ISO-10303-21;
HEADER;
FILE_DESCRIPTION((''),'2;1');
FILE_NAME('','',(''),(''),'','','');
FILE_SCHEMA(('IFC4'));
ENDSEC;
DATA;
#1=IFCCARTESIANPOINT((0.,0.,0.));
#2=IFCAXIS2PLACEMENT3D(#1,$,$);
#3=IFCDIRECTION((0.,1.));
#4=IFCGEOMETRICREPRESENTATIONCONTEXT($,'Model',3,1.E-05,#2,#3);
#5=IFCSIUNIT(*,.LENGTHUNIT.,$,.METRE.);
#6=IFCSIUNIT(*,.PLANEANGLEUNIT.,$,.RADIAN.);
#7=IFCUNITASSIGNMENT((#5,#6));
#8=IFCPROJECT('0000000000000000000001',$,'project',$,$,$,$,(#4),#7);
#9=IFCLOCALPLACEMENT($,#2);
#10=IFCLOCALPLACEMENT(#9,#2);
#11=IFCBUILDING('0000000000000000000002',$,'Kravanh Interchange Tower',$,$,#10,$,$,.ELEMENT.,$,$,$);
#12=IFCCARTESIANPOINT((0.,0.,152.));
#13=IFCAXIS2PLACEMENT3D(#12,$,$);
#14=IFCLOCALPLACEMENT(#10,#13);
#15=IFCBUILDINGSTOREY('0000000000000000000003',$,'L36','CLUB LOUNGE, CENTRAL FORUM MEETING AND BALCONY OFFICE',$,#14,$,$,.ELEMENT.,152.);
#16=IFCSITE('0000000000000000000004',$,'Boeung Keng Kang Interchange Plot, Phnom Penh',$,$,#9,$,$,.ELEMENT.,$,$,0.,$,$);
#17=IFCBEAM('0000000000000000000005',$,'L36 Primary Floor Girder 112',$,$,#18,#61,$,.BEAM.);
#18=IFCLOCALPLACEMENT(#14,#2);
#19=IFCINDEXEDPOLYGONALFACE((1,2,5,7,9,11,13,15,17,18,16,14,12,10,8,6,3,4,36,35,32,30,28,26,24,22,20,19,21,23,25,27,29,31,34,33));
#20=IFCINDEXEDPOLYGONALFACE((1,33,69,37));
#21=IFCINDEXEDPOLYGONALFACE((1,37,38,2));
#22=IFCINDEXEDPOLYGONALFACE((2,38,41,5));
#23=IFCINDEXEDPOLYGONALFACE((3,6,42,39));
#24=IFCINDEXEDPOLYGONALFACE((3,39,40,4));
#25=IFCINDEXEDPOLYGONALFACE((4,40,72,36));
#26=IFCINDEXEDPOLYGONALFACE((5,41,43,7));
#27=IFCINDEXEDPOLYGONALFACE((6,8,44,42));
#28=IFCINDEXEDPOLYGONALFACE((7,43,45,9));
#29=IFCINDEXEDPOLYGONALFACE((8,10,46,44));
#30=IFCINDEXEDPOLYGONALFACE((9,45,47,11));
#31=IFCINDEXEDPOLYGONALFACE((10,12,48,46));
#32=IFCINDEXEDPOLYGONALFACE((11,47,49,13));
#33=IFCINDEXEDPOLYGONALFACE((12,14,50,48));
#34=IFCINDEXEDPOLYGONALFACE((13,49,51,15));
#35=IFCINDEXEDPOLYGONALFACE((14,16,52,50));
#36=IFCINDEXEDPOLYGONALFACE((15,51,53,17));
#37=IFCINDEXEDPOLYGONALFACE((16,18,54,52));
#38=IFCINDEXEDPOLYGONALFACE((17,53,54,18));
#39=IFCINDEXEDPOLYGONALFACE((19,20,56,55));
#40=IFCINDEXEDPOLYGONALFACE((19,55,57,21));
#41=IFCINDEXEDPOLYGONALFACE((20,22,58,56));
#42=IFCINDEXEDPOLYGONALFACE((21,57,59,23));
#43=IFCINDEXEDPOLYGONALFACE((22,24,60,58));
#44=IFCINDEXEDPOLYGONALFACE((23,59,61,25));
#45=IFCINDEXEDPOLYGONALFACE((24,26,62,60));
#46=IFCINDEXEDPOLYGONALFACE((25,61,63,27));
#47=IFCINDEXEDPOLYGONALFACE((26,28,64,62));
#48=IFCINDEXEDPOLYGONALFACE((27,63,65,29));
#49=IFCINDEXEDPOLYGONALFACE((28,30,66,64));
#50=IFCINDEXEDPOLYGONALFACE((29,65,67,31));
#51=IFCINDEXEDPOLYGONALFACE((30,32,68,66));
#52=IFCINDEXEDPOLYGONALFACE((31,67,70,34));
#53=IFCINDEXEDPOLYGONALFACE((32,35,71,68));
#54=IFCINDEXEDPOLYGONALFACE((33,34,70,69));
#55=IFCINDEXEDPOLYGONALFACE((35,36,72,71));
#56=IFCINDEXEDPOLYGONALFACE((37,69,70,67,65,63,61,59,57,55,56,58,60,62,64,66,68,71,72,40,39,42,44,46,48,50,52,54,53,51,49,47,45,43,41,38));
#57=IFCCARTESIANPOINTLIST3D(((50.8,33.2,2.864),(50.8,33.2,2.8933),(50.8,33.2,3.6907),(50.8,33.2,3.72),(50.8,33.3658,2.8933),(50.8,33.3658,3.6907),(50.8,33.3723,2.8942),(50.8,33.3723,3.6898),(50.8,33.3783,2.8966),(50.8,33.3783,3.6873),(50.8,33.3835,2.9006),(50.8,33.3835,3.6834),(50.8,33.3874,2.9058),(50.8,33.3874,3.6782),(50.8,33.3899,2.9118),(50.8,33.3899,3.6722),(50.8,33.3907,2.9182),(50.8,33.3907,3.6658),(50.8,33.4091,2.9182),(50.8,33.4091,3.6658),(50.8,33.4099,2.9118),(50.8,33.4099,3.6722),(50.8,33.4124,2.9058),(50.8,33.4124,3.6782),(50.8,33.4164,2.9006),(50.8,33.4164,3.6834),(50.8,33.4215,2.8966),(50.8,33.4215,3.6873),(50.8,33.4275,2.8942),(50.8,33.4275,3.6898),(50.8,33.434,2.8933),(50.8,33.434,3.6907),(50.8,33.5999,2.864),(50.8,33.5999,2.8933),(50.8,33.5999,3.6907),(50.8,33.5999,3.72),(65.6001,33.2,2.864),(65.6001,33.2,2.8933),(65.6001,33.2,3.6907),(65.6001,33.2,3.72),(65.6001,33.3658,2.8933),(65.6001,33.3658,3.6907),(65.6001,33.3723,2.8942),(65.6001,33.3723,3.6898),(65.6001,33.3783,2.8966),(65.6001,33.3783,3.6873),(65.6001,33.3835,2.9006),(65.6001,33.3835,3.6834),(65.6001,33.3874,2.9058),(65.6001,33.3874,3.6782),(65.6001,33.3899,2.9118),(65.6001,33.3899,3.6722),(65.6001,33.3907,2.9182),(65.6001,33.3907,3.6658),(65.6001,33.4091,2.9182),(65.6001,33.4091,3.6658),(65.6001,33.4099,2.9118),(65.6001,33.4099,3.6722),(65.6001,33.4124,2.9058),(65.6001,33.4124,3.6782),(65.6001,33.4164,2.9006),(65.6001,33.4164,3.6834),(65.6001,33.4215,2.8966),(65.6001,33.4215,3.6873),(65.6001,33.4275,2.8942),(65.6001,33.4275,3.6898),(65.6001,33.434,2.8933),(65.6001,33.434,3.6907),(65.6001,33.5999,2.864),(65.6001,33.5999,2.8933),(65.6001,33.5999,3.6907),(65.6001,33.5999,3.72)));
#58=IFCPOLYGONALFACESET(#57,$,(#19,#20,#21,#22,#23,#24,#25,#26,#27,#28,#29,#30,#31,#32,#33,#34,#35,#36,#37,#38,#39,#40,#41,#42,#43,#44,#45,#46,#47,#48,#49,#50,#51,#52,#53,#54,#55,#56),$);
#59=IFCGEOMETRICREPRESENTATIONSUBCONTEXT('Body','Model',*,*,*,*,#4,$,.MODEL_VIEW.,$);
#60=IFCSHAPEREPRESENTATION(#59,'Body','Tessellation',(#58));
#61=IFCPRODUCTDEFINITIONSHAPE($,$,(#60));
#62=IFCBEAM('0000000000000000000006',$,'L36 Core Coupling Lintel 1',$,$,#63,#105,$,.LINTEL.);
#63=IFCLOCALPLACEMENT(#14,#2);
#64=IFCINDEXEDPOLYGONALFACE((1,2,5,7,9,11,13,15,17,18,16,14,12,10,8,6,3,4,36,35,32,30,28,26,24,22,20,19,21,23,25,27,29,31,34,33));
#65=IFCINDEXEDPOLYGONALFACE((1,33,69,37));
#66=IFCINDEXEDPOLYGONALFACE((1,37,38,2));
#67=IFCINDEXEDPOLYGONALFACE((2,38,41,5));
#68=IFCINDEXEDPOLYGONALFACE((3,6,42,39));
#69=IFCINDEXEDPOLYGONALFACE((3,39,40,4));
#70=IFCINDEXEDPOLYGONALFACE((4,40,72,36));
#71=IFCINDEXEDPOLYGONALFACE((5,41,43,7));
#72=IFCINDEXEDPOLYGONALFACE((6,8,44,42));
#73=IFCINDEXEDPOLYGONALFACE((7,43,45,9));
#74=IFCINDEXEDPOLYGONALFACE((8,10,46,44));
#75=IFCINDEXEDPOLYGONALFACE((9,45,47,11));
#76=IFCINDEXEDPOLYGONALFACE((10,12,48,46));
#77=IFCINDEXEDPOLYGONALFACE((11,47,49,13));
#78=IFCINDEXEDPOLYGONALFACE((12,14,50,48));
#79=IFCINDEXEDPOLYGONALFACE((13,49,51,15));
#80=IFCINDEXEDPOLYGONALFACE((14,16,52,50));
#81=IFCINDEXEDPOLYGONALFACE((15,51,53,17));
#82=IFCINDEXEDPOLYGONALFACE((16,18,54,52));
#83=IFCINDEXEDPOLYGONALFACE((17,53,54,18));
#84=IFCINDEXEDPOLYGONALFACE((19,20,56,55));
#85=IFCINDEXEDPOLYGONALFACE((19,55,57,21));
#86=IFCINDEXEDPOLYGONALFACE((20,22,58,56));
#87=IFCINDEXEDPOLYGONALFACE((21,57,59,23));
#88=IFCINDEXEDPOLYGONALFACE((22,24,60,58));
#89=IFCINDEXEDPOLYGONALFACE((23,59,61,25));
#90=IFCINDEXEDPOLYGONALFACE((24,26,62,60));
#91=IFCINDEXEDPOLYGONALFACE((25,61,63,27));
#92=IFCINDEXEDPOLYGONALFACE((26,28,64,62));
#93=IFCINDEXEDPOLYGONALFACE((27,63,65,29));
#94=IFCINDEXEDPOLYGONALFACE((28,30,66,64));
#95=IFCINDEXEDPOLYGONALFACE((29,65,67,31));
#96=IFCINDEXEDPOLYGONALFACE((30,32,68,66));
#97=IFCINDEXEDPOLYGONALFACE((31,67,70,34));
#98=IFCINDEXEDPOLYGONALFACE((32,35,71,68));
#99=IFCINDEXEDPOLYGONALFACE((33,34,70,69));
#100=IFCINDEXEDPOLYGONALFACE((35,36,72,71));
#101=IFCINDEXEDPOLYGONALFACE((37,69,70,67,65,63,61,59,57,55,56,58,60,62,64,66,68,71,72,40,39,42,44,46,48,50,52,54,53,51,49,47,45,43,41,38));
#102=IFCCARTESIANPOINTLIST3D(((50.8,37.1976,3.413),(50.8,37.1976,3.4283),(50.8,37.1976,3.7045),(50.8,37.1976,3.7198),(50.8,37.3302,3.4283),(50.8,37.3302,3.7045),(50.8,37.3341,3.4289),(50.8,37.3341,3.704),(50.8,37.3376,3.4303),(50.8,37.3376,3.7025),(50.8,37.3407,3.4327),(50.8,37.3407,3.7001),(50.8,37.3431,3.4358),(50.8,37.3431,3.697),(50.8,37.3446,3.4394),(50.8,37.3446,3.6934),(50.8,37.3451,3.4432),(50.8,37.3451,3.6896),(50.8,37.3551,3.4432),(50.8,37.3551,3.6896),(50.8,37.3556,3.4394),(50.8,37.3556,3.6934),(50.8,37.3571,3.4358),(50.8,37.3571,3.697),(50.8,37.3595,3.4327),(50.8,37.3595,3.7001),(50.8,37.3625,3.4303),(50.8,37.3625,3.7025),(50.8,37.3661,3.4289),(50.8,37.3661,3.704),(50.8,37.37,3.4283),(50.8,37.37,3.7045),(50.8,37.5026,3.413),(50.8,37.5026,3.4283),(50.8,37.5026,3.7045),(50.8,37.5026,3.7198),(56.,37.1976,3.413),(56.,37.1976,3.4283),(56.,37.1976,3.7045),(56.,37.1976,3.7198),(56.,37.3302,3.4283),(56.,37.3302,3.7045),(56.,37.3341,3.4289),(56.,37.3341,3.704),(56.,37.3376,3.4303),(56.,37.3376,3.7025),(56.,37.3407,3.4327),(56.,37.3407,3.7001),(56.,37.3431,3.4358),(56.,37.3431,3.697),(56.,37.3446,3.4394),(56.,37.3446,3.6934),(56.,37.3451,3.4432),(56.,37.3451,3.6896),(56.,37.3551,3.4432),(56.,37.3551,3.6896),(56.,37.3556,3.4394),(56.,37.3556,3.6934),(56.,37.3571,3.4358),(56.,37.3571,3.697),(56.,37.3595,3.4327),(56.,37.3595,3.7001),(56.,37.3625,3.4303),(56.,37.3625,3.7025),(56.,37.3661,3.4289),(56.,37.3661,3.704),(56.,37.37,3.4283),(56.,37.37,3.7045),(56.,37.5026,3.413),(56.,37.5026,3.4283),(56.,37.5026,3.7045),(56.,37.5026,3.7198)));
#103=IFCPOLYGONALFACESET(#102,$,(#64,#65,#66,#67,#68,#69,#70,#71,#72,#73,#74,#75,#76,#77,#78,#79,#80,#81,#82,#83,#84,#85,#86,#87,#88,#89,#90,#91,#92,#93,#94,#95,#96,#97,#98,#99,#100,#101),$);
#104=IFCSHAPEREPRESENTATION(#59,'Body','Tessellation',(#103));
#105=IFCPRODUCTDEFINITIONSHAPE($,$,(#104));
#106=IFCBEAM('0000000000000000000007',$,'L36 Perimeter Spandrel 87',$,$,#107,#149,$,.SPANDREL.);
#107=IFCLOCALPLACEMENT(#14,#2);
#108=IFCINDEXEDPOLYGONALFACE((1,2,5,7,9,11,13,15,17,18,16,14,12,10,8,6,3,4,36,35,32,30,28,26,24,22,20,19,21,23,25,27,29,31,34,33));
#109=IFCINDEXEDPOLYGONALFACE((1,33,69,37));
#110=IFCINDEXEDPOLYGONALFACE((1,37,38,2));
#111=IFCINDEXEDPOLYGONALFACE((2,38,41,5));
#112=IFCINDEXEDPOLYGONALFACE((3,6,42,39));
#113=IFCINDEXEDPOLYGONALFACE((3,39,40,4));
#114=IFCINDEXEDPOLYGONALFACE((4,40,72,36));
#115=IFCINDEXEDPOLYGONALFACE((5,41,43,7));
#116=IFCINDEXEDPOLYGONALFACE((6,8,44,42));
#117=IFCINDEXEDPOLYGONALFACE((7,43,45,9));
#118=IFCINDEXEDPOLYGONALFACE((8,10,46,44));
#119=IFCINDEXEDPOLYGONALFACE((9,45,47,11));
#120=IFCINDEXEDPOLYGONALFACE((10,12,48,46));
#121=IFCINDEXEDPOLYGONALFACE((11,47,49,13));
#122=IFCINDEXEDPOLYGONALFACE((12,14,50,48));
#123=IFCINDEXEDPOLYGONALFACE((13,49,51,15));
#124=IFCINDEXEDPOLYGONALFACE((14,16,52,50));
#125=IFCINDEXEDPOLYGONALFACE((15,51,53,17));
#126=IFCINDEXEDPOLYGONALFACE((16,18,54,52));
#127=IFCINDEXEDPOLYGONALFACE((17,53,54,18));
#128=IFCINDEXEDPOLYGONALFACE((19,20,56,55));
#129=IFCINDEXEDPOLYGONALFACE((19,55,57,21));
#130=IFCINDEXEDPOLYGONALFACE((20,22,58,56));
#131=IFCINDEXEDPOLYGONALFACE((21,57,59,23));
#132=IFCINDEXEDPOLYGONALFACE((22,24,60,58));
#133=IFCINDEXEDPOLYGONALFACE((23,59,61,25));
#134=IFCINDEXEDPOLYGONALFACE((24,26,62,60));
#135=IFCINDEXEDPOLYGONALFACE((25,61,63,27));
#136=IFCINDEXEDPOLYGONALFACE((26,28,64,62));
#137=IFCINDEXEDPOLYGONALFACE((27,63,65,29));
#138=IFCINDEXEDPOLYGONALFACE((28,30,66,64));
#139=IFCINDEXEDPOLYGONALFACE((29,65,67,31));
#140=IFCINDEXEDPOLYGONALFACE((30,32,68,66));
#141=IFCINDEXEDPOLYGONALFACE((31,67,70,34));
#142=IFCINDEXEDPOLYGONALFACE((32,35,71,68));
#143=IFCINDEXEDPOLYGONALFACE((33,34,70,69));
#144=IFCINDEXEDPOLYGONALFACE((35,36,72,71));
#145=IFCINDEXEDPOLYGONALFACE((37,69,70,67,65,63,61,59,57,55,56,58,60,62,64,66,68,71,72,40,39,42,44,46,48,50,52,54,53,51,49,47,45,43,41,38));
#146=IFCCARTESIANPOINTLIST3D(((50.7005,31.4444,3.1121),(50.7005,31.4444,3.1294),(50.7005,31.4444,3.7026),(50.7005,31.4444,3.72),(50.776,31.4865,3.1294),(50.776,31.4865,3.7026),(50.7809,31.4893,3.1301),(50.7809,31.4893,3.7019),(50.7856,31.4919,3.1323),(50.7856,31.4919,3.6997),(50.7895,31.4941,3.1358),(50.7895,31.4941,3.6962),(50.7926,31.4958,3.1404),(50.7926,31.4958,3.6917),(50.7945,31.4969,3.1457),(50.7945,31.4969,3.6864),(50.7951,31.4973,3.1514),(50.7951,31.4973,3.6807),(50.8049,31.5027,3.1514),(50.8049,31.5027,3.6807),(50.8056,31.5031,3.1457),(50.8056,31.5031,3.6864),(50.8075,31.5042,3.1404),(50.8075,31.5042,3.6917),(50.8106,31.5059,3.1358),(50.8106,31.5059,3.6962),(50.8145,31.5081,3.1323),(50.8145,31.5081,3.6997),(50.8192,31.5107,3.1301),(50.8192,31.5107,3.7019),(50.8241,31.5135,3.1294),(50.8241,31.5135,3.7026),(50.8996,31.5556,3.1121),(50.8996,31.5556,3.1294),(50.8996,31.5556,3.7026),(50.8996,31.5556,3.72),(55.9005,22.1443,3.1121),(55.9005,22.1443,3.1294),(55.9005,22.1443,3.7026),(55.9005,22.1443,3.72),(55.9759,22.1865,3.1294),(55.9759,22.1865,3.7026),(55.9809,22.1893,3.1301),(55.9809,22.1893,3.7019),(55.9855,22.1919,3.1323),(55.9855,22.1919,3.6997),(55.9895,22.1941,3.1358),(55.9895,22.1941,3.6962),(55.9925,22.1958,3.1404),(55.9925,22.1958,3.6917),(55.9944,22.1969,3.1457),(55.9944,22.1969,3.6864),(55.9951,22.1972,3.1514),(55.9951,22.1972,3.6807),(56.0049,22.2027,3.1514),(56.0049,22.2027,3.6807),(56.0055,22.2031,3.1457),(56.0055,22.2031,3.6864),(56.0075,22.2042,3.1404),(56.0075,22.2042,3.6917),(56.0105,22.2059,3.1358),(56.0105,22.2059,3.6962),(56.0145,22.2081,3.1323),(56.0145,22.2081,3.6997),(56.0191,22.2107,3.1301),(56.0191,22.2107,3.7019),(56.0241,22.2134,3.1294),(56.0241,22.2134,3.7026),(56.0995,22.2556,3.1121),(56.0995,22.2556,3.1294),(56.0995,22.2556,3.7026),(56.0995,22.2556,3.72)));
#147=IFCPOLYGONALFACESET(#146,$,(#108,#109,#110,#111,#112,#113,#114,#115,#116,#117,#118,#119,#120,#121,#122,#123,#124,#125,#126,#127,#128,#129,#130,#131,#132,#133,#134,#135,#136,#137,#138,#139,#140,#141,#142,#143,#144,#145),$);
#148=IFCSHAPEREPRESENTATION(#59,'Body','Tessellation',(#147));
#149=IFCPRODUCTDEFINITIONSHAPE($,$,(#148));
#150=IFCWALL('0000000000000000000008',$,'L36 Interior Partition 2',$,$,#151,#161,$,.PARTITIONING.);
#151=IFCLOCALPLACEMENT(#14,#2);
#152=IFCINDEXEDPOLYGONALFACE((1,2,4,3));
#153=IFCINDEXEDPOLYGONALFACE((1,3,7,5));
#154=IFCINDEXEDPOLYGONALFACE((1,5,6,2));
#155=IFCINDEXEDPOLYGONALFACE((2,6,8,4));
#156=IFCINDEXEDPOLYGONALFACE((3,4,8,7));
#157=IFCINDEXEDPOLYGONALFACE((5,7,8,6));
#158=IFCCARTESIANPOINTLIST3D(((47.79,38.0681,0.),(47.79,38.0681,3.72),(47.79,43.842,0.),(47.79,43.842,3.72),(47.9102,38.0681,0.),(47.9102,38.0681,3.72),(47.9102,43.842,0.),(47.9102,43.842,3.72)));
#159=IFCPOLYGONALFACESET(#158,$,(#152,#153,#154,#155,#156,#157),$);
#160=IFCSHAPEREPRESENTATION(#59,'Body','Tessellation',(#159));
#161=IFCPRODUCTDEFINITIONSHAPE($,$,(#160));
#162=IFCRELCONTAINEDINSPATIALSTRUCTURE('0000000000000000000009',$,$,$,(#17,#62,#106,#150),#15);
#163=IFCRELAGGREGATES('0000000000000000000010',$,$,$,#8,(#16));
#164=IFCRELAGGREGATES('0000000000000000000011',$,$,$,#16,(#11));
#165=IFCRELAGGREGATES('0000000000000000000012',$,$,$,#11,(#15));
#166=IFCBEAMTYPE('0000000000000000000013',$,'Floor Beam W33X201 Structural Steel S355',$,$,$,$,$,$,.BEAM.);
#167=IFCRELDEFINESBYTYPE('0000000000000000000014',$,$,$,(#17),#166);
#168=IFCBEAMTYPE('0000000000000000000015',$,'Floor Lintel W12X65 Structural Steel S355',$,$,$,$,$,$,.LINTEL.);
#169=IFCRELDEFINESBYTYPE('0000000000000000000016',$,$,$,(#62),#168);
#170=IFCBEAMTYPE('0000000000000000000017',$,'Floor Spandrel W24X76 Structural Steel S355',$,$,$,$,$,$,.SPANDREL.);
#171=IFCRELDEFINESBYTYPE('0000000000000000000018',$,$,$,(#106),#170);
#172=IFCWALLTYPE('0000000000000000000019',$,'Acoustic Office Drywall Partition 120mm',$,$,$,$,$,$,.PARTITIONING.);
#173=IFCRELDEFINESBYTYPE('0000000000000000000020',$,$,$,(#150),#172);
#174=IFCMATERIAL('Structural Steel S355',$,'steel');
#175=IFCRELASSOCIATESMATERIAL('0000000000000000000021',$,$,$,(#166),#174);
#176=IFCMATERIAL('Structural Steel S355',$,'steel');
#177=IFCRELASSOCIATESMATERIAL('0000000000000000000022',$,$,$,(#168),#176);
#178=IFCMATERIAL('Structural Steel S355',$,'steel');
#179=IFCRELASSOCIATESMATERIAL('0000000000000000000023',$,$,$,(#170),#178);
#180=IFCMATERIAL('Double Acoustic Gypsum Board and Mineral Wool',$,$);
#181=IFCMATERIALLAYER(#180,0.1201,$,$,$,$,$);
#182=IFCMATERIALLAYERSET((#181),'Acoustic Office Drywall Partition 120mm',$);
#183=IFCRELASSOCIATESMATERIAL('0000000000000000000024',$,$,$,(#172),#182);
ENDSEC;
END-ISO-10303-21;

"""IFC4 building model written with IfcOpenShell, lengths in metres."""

from ifc_helpers import new_model, si_unit, direction, frame, frame_2d, origin, origin_2d, place, context, subcontext, project, spatial, rectangle, i_section, extrude, material, layer, layer_set, material_profile, profile_set, type_object, element, save


model = new_model("IFC4")

# Units and contexts
model_context = context("Model", 3, precision=1e-05, world=origin(), true_north=direction((0.0, 1.0)))
body_context = subcontext(model_context, "Body", "Model", "MODEL_VIEW")
ifc_project = project(units=[si_unit("LENGTHUNIT", "METRE"), si_unit("PLANEANGLEUNIT", "RADIAN")], contexts=[model_context])

# Site, building, storey
site_placement = place(None, origin())
site = spatial("IfcSite", under=ifc_project, at=site_placement, Name="Boeung Keng Kang Interchange Plot, Phnom Penh", CompositionType="ELEMENT", RefElevation=0.0)
building_placement = place(site_placement, origin())
building = spatial("IfcBuilding", under=site, at=building_placement, Name="Kravanh Interchange Tower", CompositionType="ELEMENT")
storey_placement = place(building_placement, frame((0.0, 0.0, 152.0)))
storey = spatial("IfcBuildingStorey", under=building, at=storey_placement, Name="L36", Description="CLUB LOUNGE, CENTRAL FORUM MEETING AND BALCONY OFFICE", CompositionType="ELEMENT", Elevation=152.0)

# Beams
ifc_material_1 = material(Name="Structural Steel S355", Category="steel")
ifc_material_profile_1 = material_profile(ifc_material_1, i_section(OverallWidth=0.3999, OverallDepth=0.856, WebThickness=0.0183, FlangeThickness=0.0293, FilletRadius=0.0249, at=origin_2d()), Name="W33X201")
ifc_profile_set_1 = profile_set([ifc_material_profile_1], Name="Structural Steel S355")
beam_type_1 = type_object("IfcBeamType", Name="Floor Beam W33X201 Structural Steel S355", PredefinedType="BEAM", material=ifc_profile_set_1)
beam_1_placement = place(storey_placement, frame((50.8, 33.3999, 3.292), z_axis=(1.0, 0.0, 0.0), x_axis=(0.0, 1.0, 0.0)))
element("IfcBeam", 1, at=beam_1_placement, inside=storey, type_object=beam_type_1, Name="L36 Primary Floor Girder 112", PredefinedType="BEAM", context=body_context, shape_type="SweptSolid", body=[
    extrude(i_section(OverallWidth=0.3999, OverallDepth=0.856, WebThickness=0.0183, FlangeThickness=0.0293, FilletRadius=0.0249, at=origin_2d()), origin(), (0.0, 0.0, 1.0), 14.8),
])
ifc_material_2 = material(Name="Structural Steel S355", Category="steel")
ifc_material_profile_2 = material_profile(ifc_material_2, i_section(OverallWidth=0.3049, OverallDepth=0.3069, WebThickness=0.01, FlangeThickness=0.0154, FilletRadius=0.0149, at=origin_2d()), Name="W12X65")
ifc_profile_set_2 = profile_set([ifc_material_profile_2], Name="Structural Steel S355")
beam_type_2 = type_object("IfcBeamType", Name="Floor Lintel W12X65 Structural Steel S355", PredefinedType="LINTEL", material=ifc_profile_set_2)
beam_2_placement = place(storey_placement, frame((50.8, 37.3501, 3.5664), z_axis=(1.0, 0.0, 0.0), x_axis=(0.0, 1.0, 0.0)))
element("IfcBeam", 2, at=beam_2_placement, inside=storey, type_object=beam_type_2, Name="L36 Core Coupling Lintel 1", PredefinedType="LINTEL", context=body_context, shape_type="SweptSolid", body=[
    extrude(i_section(OverallWidth=0.3049, OverallDepth=0.3069, WebThickness=0.01, FlangeThickness=0.0154, FilletRadius=0.0149, at=origin_2d()), origin(), (0.0, 0.0, 1.0), 5.2),
])
ifc_material_3 = material(Name="Structural Steel S355", Category="steel")
ifc_material_profile_3 = material_profile(ifc_material_3, i_section(OverallWidth=0.228, OverallDepth=0.6079, WebThickness=0.0112, FlangeThickness=0.0173, FilletRadius=0.022, at=origin_2d()), Name="W24X76")
ifc_profile_set_3 = profile_set([ifc_material_profile_3], Name="Structural Steel S355")
beam_type_3 = type_object("IfcBeamType", Name="Floor Spandrel W24X76 Structural Steel S355", PredefinedType="SPANDREL", material=ifc_profile_set_3)
beam_3_placement = place(storey_placement, frame((50.8, 31.5, 3.416), z_axis=(0.488026, -0.872829, 0.0), x_axis=(0.872829, 0.488026, 0.0)))
element("IfcBeam", 3, at=beam_3_placement, inside=storey, type_object=beam_type_3, Name="L36 Perimeter Spandrel 87", PredefinedType="SPANDREL", context=body_context, shape_type="SweptSolid", body=[
    extrude(i_section(OverallWidth=0.228, OverallDepth=0.6079, WebThickness=0.0112, FlangeThickness=0.0173, FilletRadius=0.022, at=origin_2d()), origin(), (0.0, 0.0, 1.0), 10.655),
])

# Wall
ifc_material_4 = material(Name="Double Acoustic Gypsum Board and Mineral Wool")
ifc_layer_1 = layer(ifc_material_4, 0.1201)
ifc_layer_set_1 = layer_set([ifc_layer_1], Name="Acoustic Office Drywall Partition 120mm")
wall_type_1 = type_object("IfcWallType", Name="Acoustic Office Drywall Partition 120mm", PredefinedType="PARTITIONING", material=ifc_layer_set_1)
wall_1_placement = place(storey_placement, frame((47.8501, 38.0681, 0.0), z_axis=(0.0, 0.0, 1.0), x_axis=(0.0, 1.0, 0.0)))
element("IfcWall", 4, at=wall_1_placement, inside=storey, type_object=wall_type_1, Name="L36 Interior Partition 2", PredefinedType="PARTITIONING", context=body_context, shape_type="SweptSolid", body=[
    extrude(rectangle(XDim=5.7739, YDim=0.1201, at=frame_2d((2.887, 0.0))), origin(), (0.0, 0.0, 1.0), 3.72),
])

save(model, "model.ifc")
